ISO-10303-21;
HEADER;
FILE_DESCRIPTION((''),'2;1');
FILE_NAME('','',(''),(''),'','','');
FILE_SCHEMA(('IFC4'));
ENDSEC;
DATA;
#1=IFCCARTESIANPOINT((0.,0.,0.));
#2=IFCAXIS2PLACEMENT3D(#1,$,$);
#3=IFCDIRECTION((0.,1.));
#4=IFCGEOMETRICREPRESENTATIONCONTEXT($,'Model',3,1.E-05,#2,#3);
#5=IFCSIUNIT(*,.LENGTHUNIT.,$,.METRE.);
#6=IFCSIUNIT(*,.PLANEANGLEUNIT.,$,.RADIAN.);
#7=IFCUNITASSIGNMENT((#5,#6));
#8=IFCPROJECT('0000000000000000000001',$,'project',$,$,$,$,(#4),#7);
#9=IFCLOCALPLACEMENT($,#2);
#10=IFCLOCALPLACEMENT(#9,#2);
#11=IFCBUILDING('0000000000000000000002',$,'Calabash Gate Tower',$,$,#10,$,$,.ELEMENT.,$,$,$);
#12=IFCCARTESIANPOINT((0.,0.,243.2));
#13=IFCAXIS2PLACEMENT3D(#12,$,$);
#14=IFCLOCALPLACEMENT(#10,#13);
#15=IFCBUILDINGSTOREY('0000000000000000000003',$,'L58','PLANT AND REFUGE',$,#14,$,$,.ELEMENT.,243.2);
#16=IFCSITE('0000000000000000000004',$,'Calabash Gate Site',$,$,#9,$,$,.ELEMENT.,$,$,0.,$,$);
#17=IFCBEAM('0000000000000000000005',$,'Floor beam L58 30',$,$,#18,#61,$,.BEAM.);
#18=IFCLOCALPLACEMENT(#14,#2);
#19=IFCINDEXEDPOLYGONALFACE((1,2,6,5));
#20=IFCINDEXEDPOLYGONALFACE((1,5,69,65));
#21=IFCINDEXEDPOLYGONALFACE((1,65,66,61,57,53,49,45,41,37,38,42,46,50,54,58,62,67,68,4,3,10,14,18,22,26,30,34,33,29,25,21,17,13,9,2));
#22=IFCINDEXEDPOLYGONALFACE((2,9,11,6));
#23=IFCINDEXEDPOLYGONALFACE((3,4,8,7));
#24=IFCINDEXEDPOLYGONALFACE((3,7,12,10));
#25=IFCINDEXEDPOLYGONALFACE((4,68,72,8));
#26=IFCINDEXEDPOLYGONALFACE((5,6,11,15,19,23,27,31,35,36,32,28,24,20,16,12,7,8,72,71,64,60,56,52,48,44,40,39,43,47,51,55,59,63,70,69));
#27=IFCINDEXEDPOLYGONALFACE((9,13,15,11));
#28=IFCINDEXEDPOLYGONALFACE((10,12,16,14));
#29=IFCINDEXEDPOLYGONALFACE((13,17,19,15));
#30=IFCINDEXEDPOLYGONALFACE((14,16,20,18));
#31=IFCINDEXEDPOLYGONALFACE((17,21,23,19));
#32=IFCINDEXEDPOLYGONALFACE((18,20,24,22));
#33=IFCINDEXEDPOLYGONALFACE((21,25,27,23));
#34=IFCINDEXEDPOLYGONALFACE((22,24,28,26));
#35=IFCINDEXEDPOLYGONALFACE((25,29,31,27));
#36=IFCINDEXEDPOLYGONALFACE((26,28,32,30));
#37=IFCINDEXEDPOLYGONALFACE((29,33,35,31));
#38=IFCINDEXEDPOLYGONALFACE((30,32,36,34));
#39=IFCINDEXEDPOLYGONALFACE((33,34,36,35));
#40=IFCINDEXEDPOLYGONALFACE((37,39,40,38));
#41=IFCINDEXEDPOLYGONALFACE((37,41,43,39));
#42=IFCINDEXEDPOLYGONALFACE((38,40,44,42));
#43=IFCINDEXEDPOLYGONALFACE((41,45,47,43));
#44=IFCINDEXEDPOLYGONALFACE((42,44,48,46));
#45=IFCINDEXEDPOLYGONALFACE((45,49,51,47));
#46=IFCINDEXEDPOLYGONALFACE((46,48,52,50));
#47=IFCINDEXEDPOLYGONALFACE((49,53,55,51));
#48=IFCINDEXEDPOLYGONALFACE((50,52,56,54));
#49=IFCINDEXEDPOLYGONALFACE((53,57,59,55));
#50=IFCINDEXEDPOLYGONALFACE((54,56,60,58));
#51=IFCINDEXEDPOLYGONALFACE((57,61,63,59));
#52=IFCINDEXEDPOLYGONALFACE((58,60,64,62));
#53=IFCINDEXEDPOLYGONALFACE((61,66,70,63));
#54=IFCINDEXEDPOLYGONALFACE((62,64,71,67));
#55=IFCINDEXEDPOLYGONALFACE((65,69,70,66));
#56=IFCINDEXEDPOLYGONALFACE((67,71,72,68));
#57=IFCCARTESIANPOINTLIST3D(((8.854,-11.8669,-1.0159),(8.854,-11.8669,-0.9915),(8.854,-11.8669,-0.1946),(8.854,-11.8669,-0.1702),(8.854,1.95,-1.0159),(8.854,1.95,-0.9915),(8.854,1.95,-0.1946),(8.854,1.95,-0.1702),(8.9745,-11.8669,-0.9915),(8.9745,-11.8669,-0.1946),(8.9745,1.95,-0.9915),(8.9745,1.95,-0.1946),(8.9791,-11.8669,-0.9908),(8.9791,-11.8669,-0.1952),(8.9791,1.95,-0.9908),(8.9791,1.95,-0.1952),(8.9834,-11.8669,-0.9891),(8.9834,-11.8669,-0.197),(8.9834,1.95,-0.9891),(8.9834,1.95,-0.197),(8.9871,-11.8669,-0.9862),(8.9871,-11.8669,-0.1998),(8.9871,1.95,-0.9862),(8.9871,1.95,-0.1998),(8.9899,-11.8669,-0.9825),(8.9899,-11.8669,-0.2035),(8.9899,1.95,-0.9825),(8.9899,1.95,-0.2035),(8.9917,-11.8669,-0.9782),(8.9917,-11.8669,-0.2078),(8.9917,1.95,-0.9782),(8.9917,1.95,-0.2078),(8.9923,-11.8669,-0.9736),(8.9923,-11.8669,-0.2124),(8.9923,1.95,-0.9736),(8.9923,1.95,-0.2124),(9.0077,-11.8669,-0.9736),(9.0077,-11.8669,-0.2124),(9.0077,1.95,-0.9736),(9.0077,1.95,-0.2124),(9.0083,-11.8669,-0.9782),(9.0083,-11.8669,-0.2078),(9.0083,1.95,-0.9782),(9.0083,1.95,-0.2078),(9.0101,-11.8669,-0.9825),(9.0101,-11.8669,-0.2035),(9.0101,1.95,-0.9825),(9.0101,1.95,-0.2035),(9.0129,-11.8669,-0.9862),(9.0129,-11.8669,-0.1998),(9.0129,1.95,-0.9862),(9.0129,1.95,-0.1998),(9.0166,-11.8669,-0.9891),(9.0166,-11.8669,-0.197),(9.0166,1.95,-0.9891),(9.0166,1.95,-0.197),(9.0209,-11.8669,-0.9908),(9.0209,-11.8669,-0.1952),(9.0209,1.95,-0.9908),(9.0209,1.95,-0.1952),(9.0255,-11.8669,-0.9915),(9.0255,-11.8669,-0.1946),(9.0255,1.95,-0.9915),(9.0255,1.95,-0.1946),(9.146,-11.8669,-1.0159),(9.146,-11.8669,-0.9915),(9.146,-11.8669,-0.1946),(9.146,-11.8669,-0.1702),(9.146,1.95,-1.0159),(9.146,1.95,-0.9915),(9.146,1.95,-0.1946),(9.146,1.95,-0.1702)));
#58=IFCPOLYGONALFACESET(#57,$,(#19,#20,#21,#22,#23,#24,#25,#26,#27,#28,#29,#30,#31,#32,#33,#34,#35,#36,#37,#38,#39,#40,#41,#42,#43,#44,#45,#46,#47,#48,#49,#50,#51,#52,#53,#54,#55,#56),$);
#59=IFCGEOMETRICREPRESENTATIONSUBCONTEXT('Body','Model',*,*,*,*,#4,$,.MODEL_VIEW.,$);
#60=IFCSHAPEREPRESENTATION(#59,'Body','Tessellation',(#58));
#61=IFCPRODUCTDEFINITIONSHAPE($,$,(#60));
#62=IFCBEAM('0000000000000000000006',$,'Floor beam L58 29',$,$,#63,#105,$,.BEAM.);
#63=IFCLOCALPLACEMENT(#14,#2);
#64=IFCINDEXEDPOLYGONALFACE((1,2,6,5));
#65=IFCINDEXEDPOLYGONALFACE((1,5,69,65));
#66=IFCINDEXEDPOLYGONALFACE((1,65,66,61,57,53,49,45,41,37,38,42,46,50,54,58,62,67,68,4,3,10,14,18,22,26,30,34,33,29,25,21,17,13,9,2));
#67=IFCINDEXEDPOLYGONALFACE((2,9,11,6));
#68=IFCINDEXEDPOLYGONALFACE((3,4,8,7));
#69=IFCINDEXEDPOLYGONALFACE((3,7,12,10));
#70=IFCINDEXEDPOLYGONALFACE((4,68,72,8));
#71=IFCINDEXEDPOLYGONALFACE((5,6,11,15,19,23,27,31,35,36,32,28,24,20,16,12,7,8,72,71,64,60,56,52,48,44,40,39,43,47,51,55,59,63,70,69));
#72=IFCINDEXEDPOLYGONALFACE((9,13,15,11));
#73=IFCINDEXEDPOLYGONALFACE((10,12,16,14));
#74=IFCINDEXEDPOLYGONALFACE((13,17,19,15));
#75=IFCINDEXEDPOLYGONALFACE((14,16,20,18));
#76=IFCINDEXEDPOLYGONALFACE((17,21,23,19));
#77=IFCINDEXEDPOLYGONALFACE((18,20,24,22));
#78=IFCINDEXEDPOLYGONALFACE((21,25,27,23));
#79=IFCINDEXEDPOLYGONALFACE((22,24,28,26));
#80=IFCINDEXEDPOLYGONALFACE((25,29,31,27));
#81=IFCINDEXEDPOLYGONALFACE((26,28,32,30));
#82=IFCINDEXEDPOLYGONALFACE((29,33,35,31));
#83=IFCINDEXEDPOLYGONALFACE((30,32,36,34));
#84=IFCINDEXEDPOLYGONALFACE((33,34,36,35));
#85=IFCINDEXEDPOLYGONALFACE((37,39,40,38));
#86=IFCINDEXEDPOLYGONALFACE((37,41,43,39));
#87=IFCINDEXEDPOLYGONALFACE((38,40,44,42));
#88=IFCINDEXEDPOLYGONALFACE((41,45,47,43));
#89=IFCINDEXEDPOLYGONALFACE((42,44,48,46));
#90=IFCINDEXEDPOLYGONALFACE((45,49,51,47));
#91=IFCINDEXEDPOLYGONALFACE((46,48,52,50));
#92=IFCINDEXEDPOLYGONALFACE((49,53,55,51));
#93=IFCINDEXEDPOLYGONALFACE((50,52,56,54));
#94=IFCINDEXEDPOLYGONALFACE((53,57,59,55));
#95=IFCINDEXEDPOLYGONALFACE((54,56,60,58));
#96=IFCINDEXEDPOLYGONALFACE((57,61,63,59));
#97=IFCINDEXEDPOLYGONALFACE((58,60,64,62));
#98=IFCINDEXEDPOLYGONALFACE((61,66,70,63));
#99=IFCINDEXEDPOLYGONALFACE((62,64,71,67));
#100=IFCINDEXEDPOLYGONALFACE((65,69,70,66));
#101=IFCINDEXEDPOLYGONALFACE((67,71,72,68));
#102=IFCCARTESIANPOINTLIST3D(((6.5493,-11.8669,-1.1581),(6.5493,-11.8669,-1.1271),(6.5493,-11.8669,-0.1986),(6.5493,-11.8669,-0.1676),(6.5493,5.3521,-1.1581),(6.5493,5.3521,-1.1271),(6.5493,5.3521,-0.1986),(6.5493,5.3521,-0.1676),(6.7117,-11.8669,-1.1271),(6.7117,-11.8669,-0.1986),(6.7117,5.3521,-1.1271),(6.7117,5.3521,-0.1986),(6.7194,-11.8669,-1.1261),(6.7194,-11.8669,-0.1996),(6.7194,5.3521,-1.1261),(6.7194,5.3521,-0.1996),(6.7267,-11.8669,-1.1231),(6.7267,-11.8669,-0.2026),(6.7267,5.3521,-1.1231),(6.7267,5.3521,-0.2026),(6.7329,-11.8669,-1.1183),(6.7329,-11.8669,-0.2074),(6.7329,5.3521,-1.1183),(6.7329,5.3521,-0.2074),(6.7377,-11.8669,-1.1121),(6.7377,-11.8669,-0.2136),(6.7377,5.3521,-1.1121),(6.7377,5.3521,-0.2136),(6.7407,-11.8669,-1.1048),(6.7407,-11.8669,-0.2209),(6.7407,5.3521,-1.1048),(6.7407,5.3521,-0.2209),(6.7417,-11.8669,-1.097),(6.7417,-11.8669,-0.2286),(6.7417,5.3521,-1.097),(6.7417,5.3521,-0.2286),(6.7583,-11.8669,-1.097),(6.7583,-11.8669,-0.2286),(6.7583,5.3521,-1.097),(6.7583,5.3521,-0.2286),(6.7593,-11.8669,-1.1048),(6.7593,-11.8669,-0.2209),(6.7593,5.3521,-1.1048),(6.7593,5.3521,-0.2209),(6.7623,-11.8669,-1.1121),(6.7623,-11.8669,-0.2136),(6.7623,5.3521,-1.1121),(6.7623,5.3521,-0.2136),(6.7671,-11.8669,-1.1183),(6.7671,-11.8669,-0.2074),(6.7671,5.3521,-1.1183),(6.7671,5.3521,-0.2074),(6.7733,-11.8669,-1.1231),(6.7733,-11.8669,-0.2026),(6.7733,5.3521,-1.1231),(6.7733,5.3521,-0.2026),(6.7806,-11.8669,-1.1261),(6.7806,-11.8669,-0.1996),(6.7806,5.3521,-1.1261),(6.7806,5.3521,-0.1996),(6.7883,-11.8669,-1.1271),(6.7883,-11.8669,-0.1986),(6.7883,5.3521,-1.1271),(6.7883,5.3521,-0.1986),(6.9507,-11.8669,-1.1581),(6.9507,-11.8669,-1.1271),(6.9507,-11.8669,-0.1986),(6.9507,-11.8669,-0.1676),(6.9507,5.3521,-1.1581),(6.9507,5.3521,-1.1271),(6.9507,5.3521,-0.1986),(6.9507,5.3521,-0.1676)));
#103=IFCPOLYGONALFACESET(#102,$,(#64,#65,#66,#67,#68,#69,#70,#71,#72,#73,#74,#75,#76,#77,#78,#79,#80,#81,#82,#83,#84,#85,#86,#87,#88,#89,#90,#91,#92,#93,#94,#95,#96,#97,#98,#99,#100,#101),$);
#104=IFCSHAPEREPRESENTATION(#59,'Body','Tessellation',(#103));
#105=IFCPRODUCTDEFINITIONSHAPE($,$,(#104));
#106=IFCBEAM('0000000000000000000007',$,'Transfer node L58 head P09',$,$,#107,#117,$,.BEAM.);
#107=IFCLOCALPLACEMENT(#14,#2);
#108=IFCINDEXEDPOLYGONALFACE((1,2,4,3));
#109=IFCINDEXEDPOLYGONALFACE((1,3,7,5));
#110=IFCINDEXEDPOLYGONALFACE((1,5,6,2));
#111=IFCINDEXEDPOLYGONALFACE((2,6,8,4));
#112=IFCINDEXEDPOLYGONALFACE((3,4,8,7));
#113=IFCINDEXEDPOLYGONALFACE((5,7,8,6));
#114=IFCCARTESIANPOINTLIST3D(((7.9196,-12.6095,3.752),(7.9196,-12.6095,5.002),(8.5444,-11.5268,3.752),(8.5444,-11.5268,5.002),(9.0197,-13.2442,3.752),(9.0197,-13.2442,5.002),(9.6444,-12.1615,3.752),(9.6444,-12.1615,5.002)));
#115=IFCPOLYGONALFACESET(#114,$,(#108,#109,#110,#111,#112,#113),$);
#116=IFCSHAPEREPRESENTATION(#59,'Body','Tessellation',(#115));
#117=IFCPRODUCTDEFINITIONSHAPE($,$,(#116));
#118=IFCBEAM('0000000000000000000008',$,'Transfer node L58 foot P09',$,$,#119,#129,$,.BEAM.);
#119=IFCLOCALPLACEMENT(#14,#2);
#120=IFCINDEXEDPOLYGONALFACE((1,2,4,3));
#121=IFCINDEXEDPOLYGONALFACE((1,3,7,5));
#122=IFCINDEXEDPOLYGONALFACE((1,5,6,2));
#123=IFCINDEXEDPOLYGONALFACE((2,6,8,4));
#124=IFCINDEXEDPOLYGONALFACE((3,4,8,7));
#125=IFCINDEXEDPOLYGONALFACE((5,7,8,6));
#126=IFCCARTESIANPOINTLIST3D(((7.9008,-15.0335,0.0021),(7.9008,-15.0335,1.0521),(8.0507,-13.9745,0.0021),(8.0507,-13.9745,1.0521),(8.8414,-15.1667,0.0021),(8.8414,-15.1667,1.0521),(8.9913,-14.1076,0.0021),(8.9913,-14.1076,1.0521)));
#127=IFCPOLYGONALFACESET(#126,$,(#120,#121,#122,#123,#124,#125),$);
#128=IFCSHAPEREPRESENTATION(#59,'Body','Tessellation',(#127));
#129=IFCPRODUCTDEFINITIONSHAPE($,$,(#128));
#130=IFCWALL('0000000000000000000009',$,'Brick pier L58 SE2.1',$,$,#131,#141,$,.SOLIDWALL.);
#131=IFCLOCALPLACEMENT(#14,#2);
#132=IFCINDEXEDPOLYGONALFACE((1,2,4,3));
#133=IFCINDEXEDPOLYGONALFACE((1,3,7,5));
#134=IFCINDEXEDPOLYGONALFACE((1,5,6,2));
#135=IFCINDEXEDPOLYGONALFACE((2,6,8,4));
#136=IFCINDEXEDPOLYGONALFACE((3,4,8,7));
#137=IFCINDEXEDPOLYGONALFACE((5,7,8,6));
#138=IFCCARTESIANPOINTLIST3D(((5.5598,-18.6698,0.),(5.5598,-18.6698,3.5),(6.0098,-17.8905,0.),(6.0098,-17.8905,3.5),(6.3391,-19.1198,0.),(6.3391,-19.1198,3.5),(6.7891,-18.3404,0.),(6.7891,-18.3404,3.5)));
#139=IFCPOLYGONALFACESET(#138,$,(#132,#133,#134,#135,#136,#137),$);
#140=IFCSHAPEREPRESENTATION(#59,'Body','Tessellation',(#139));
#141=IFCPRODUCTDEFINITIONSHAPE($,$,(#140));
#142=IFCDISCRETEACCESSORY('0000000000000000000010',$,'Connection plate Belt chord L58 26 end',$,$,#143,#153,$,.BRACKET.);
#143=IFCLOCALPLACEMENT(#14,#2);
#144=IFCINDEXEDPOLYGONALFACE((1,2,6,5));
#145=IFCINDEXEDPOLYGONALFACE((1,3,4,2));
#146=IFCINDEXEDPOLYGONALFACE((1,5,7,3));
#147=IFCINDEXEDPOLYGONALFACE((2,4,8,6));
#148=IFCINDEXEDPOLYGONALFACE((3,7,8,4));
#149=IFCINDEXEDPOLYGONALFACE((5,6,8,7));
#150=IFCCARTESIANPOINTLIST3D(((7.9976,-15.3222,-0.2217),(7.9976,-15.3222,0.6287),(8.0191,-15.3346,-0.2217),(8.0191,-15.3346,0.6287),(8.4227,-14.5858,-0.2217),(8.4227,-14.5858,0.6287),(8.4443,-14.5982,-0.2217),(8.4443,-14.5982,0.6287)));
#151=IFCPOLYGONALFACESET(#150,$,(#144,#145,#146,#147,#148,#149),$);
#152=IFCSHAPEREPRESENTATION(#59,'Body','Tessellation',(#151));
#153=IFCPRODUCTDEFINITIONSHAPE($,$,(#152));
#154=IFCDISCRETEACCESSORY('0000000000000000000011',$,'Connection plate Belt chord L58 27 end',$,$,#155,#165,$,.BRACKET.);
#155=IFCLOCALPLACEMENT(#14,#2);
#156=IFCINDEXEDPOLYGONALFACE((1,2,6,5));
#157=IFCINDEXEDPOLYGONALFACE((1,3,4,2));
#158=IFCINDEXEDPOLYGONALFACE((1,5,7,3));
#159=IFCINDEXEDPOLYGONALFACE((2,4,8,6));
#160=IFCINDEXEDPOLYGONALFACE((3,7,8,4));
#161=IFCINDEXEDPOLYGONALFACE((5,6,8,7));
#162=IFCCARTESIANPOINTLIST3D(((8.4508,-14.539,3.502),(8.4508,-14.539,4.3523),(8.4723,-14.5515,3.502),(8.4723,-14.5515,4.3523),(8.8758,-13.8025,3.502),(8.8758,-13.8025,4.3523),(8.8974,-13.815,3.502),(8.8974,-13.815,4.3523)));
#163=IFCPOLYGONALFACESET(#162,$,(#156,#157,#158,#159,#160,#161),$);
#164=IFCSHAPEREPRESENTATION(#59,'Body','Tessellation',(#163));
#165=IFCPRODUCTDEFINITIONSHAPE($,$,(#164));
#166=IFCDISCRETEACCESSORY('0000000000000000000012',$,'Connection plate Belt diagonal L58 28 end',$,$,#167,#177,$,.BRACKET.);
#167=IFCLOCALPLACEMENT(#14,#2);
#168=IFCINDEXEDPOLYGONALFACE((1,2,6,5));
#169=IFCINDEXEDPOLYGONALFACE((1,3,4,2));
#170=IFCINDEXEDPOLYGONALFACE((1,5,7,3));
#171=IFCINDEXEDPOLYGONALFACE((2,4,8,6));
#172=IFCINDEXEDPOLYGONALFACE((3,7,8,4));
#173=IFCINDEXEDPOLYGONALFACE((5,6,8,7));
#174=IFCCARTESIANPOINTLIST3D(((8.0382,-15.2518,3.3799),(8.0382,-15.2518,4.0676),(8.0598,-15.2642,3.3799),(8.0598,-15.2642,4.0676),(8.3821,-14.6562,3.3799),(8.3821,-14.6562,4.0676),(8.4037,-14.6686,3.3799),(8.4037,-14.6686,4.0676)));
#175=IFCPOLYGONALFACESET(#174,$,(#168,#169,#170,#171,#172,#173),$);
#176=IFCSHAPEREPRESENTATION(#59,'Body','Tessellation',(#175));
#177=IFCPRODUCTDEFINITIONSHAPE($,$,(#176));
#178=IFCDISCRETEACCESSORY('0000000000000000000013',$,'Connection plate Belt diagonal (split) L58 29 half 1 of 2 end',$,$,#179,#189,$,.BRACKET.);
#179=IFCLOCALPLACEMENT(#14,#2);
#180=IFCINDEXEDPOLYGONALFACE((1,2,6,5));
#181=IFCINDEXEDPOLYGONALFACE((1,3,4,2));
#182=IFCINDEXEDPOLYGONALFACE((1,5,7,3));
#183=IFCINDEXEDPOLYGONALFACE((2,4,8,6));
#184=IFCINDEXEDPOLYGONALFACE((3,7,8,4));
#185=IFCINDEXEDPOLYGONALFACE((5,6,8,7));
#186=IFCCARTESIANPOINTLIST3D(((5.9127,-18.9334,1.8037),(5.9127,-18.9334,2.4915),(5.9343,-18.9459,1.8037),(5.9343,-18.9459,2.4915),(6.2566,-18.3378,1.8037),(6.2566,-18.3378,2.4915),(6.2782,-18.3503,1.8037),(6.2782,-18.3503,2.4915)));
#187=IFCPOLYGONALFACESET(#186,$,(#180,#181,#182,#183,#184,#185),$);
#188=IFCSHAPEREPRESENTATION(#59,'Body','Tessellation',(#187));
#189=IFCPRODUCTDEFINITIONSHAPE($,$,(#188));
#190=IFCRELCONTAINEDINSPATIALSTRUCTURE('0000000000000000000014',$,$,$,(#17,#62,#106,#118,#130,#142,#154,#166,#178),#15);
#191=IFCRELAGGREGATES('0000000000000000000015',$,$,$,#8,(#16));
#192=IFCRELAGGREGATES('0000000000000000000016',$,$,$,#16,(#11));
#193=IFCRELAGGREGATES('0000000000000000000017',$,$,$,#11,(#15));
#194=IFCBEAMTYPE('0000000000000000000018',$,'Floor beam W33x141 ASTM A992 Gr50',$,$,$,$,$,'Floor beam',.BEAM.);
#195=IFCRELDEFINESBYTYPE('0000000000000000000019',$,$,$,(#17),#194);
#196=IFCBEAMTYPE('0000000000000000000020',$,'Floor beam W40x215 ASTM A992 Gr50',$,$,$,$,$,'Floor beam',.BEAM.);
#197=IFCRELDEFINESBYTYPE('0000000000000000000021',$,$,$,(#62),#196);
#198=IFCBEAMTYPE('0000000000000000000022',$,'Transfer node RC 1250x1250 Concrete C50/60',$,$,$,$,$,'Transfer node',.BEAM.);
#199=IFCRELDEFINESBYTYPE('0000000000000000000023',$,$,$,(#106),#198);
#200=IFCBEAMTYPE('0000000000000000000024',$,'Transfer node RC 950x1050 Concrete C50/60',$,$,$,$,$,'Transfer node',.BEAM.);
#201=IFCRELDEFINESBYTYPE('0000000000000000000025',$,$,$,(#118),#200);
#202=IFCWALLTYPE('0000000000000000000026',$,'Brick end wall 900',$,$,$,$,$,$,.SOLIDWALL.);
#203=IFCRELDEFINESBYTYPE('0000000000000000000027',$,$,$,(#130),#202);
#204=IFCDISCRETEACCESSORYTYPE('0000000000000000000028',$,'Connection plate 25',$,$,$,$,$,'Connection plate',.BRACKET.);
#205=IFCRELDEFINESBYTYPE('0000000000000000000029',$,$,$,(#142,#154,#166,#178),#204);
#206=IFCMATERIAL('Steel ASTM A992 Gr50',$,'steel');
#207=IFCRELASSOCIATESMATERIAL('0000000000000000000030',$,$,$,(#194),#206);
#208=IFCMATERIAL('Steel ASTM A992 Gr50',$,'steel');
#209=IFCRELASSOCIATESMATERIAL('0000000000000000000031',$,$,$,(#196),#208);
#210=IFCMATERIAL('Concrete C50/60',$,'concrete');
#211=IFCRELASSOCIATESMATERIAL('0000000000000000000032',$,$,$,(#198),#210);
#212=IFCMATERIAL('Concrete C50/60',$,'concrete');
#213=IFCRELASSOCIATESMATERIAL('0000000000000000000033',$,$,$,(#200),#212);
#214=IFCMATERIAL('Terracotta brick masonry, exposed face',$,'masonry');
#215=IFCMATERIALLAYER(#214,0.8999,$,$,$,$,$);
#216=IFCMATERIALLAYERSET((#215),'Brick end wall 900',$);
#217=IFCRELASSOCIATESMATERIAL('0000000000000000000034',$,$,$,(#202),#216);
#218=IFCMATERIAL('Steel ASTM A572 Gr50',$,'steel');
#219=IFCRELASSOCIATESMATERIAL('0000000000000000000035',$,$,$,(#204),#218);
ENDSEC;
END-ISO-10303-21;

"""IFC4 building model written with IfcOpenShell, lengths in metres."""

from ifc_helpers import new_model, si_unit, direction, frame, frame_2d, origin, origin_2d, place, context, subcontext, project, spatial, rectangle, i_section, extrude, material, layer, layer_set, material_profile, profile_set, type_object, element, save


model = new_model("IFC4")

# Units and contexts
model_context = context("Model", 3, precision=1e-05, world=origin(), true_north=direction((0.0, 1.0)))
body_context = subcontext(model_context, "Body", "Model", "MODEL_VIEW")
ifc_project = project(units=[si_unit("LENGTHUNIT", "METRE"), si_unit("PLANEANGLEUNIT", "RADIAN")], contexts=[model_context])

# Site, building, storey
site_placement = place(None, origin())
site = spatial("IfcSite", under=ifc_project, at=site_placement, Name="Calabash Gate Site", CompositionType="ELEMENT", RefElevation=0.0)
building_placement = place(site_placement, origin())
building = spatial("IfcBuilding", under=site, at=building_placement, Name="Calabash Gate Tower", CompositionType="ELEMENT")
storey_placement = place(building_placement, frame((0.0, 0.0, 243.2)))
storey = spatial("IfcBuildingStorey", under=building, at=storey_placement, Name="L58", Description="PLANT AND REFUGE", CompositionType="ELEMENT", Elevation=243.2)

# Beams
ifc_material_1 = material(Name="Steel ASTM A992 Gr50", Category="steel")
ifc_material_profile_1 = material_profile(ifc_material_1, i_section(OverallWidth=0.292, OverallDepth=0.8457, WebThickness=0.0154, FlangeThickness=0.0244, FilletRadius=0.0178, at=origin_2d()))
ifc_profile_set_1 = profile_set([ifc_material_profile_1], Name="Steel ASTM A992 Gr50")
beam_type_1 = type_object("IfcBeamType", Name="Floor beam W33x141 ASTM A992 Gr50", ElementType="Floor beam", PredefinedType="BEAM", material=ifc_profile_set_1)
beam_1_placement = place(storey_placement, frame((9.0, -11.8669, -0.593), z_axis=(0.0, 1.0, 0.0), x_axis=(-1.0, 0.0, 0.0)))
element("IfcBeam", 1, at=beam_1_placement, inside=storey, type_object=beam_type_1, Name="Floor beam L58 30", PredefinedType="BEAM", context=body_context, shape_type="SweptSolid", body=[
    extrude(i_section(OverallWidth=0.292, OverallDepth=0.8457, WebThickness=0.0154, FlangeThickness=0.0244, FilletRadius=0.0178, at=origin_2d()), origin(), (0.0, 0.0, 1.0), 13.8169),
])
ifc_material_2 = material(Name="Steel ASTM A992 Gr50", Category="steel")
ifc_material_profile_2 = material_profile(ifc_material_2, i_section(OverallWidth=0.4014, OverallDepth=0.9905, WebThickness=0.0166, FlangeThickness=0.031, FilletRadius=0.03, at=origin_2d()))
ifc_profile_set_2 = profile_set([ifc_material_profile_2], Name="Steel ASTM A992 Gr50")
beam_type_2 = type_object("IfcBeamType", Name="Floor beam W40x215 ASTM A992 Gr50", ElementType="Floor beam", PredefinedType="BEAM", material=ifc_profile_set_2)
beam_2_placement = place(storey_placement, frame((6.75, -11.8669, -0.6628), z_axis=(0.0, 1.0, 0.0), x_axis=(-1.0, 0.0, 0.0)))
element("IfcBeam", 2, at=beam_2_placement, inside=storey, type_object=beam_type_2, Name="Floor beam L58 29", PredefinedType="BEAM", context=body_context, shape_type="SweptSolid", body=[
    extrude(i_section(OverallWidth=0.4014, OverallDepth=0.9905, WebThickness=0.0166, FlangeThickness=0.031, FilletRadius=0.03, at=origin_2d()), origin(), (0.0, 0.0, 1.0), 17.219),
])
ifc_material_3 = material(Name="Concrete C50/60", Category="concrete")
ifc_material_profile_3 = material_profile(ifc_material_3, rectangle(XDim=1.25, YDim=1.25, at=origin_2d()))
ifc_profile_set_3 = profile_set([ifc_material_profile_3], Name="Concrete C50/60")
beam_type_3 = type_object("IfcBeamType", Name="Transfer node RC 1250x1250 Concrete C50/60", ElementType="Transfer node", PredefinedType="BEAM", material=ifc_profile_set_3)
beam_3_placement = place(storey_placement, frame((9.332, -12.7029, 4.377), z_axis=(-0.866154, 0.499778, 0.0), x_axis=(-0.499778, -0.866154, 0.0)))
element("IfcBeam", 3, at=beam_3_placement, inside=storey, type_object=beam_type_3, Name="Transfer node L58 head P09", PredefinedType="BEAM", context=body_context, shape_type="SweptSolid", body=[
    extrude(rectangle(XDim=1.25, YDim=1.25, at=origin_2d()), origin(), (0.0, 0.0, 1.0), 1.27),
])
ifc_material_4 = material(Name="Concrete C50/60", Category="concrete")
ifc_material_profile_4 = material_profile(ifc_material_4, rectangle(XDim=0.95, YDim=1.05, at=origin_2d()))
ifc_profile_set_4 = profile_set([ifc_material_profile_4], Name="Concrete C50/60")
beam_type_4 = type_object("IfcBeamType", Name="Transfer node RC 950x1050 Concrete C50/60", ElementType="Transfer node", PredefinedType="BEAM", material=ifc_profile_set_4)
beam_4_placement = place(storey_placement, frame((8.3711, -15.1001, 0.5271), z_axis=(0.140143, 0.990131, 0.0), x_axis=(-0.990131, 0.140143, 0.0)))
element("IfcBeam", 4, at=beam_4_placement, inside=storey, type_object=beam_type_4, Name="Transfer node L58 foot P09", PredefinedType="BEAM", context=body_context, shape_type="SweptSolid", body=[
    extrude(rectangle(XDim=0.95, YDim=1.05, at=origin_2d()), origin(), (0.0, 0.0, 1.0), 1.0696),
])

# Wall
ifc_material_5 = material(Name="Terracotta brick masonry, exposed face", Category="masonry")
ifc_layer = layer(ifc_material_5, 0.8999)
ifc_layer_set = layer_set([ifc_layer], Name="Brick end wall 900")
wall_type = type_object("IfcWallType", Name="Brick end wall 900", PredefinedType="SOLIDWALL", material=ifc_layer_set)
wall_placement = place(storey_placement, frame((5.9495, -18.8948, 0.0), z_axis=(0.0, 0.0, 1.0), x_axis=(0.50002, 0.866014, 0.0)))
element("IfcWall", 5, at=wall_placement, inside=storey, type_object=wall_type, Name="Brick pier L58 SE2.1", PredefinedType="SOLIDWALL", context=body_context, shape_type="SweptSolid", body=[
    extrude(rectangle(XDim=0.8999, YDim=0.8999, at=frame_2d((0.45, 0.0))), origin(), (0.0, 0.0, 1.0), 3.5),
])

# Discrete accessories
ifc_material_6 = material(Name="Steel ASTM A572 Gr50", Category="steel")
discrete_accessory_type = type_object("IfcDiscreteAccessoryType", Name="Connection plate 25", ElementType="Connection plate", PredefinedType="BRACKET", material=ifc_material_6)
for number, where, z_axis, x_axis, name in (
    (6, (8.2209, -14.9602, -0.2217), (0.0, 0.0, 1.0), (0.5, 0.866025, 0.0), "Connection plate Belt chord L58 26 end"),
    (7, (8.6741, -14.177, 3.502), (0.0, 0.0, 1.0), (0.499881, 0.866094, 0.0), "Connection plate Belt chord L58 27 end"),
):
    element("IfcDiscreteAccessory", number, at=place(storey_placement, frame(where, z_axis=z_axis, x_axis=x_axis)), inside=storey, type_object=discrete_accessory_type, Name=name, PredefinedType="BRACKET", context=body_context, shape_type="SweptSolid", body=[
        extrude(rectangle(XDim=0.8503, YDim=0.0249, at=origin_2d()), origin(), (0.0, 0.0, 1.0), 0.8503),
    ])
for number, where, z_axis, x_axis, name in (
    (8, (8.2209, -14.9602, 3.3799), (0.0, 0.0, 1.0), (0.5, 0.866025, 0.0), "Connection plate Belt diagonal L58 28 end"),
    (9, (6.0955, -18.6418, 1.8037), (0.0, 0.0, 1.0), (0.5, 0.866025, 0.0), "Connection plate Belt diagonal (split) L58 29 half 1 of 2 end"),
):
    element("IfcDiscreteAccessory", number, at=place(storey_placement, frame(where, z_axis=z_axis, x_axis=x_axis)), inside=storey, type_object=discrete_accessory_type, Name=name, PredefinedType="BRACKET", context=body_context, shape_type="SweptSolid", body=[
        extrude(rectangle(XDim=0.6877, YDim=0.0249, at=origin_2d()), origin(), (0.0, 0.0, 1.0), 0.6877),
    ])

save(model, "model.ifc")
